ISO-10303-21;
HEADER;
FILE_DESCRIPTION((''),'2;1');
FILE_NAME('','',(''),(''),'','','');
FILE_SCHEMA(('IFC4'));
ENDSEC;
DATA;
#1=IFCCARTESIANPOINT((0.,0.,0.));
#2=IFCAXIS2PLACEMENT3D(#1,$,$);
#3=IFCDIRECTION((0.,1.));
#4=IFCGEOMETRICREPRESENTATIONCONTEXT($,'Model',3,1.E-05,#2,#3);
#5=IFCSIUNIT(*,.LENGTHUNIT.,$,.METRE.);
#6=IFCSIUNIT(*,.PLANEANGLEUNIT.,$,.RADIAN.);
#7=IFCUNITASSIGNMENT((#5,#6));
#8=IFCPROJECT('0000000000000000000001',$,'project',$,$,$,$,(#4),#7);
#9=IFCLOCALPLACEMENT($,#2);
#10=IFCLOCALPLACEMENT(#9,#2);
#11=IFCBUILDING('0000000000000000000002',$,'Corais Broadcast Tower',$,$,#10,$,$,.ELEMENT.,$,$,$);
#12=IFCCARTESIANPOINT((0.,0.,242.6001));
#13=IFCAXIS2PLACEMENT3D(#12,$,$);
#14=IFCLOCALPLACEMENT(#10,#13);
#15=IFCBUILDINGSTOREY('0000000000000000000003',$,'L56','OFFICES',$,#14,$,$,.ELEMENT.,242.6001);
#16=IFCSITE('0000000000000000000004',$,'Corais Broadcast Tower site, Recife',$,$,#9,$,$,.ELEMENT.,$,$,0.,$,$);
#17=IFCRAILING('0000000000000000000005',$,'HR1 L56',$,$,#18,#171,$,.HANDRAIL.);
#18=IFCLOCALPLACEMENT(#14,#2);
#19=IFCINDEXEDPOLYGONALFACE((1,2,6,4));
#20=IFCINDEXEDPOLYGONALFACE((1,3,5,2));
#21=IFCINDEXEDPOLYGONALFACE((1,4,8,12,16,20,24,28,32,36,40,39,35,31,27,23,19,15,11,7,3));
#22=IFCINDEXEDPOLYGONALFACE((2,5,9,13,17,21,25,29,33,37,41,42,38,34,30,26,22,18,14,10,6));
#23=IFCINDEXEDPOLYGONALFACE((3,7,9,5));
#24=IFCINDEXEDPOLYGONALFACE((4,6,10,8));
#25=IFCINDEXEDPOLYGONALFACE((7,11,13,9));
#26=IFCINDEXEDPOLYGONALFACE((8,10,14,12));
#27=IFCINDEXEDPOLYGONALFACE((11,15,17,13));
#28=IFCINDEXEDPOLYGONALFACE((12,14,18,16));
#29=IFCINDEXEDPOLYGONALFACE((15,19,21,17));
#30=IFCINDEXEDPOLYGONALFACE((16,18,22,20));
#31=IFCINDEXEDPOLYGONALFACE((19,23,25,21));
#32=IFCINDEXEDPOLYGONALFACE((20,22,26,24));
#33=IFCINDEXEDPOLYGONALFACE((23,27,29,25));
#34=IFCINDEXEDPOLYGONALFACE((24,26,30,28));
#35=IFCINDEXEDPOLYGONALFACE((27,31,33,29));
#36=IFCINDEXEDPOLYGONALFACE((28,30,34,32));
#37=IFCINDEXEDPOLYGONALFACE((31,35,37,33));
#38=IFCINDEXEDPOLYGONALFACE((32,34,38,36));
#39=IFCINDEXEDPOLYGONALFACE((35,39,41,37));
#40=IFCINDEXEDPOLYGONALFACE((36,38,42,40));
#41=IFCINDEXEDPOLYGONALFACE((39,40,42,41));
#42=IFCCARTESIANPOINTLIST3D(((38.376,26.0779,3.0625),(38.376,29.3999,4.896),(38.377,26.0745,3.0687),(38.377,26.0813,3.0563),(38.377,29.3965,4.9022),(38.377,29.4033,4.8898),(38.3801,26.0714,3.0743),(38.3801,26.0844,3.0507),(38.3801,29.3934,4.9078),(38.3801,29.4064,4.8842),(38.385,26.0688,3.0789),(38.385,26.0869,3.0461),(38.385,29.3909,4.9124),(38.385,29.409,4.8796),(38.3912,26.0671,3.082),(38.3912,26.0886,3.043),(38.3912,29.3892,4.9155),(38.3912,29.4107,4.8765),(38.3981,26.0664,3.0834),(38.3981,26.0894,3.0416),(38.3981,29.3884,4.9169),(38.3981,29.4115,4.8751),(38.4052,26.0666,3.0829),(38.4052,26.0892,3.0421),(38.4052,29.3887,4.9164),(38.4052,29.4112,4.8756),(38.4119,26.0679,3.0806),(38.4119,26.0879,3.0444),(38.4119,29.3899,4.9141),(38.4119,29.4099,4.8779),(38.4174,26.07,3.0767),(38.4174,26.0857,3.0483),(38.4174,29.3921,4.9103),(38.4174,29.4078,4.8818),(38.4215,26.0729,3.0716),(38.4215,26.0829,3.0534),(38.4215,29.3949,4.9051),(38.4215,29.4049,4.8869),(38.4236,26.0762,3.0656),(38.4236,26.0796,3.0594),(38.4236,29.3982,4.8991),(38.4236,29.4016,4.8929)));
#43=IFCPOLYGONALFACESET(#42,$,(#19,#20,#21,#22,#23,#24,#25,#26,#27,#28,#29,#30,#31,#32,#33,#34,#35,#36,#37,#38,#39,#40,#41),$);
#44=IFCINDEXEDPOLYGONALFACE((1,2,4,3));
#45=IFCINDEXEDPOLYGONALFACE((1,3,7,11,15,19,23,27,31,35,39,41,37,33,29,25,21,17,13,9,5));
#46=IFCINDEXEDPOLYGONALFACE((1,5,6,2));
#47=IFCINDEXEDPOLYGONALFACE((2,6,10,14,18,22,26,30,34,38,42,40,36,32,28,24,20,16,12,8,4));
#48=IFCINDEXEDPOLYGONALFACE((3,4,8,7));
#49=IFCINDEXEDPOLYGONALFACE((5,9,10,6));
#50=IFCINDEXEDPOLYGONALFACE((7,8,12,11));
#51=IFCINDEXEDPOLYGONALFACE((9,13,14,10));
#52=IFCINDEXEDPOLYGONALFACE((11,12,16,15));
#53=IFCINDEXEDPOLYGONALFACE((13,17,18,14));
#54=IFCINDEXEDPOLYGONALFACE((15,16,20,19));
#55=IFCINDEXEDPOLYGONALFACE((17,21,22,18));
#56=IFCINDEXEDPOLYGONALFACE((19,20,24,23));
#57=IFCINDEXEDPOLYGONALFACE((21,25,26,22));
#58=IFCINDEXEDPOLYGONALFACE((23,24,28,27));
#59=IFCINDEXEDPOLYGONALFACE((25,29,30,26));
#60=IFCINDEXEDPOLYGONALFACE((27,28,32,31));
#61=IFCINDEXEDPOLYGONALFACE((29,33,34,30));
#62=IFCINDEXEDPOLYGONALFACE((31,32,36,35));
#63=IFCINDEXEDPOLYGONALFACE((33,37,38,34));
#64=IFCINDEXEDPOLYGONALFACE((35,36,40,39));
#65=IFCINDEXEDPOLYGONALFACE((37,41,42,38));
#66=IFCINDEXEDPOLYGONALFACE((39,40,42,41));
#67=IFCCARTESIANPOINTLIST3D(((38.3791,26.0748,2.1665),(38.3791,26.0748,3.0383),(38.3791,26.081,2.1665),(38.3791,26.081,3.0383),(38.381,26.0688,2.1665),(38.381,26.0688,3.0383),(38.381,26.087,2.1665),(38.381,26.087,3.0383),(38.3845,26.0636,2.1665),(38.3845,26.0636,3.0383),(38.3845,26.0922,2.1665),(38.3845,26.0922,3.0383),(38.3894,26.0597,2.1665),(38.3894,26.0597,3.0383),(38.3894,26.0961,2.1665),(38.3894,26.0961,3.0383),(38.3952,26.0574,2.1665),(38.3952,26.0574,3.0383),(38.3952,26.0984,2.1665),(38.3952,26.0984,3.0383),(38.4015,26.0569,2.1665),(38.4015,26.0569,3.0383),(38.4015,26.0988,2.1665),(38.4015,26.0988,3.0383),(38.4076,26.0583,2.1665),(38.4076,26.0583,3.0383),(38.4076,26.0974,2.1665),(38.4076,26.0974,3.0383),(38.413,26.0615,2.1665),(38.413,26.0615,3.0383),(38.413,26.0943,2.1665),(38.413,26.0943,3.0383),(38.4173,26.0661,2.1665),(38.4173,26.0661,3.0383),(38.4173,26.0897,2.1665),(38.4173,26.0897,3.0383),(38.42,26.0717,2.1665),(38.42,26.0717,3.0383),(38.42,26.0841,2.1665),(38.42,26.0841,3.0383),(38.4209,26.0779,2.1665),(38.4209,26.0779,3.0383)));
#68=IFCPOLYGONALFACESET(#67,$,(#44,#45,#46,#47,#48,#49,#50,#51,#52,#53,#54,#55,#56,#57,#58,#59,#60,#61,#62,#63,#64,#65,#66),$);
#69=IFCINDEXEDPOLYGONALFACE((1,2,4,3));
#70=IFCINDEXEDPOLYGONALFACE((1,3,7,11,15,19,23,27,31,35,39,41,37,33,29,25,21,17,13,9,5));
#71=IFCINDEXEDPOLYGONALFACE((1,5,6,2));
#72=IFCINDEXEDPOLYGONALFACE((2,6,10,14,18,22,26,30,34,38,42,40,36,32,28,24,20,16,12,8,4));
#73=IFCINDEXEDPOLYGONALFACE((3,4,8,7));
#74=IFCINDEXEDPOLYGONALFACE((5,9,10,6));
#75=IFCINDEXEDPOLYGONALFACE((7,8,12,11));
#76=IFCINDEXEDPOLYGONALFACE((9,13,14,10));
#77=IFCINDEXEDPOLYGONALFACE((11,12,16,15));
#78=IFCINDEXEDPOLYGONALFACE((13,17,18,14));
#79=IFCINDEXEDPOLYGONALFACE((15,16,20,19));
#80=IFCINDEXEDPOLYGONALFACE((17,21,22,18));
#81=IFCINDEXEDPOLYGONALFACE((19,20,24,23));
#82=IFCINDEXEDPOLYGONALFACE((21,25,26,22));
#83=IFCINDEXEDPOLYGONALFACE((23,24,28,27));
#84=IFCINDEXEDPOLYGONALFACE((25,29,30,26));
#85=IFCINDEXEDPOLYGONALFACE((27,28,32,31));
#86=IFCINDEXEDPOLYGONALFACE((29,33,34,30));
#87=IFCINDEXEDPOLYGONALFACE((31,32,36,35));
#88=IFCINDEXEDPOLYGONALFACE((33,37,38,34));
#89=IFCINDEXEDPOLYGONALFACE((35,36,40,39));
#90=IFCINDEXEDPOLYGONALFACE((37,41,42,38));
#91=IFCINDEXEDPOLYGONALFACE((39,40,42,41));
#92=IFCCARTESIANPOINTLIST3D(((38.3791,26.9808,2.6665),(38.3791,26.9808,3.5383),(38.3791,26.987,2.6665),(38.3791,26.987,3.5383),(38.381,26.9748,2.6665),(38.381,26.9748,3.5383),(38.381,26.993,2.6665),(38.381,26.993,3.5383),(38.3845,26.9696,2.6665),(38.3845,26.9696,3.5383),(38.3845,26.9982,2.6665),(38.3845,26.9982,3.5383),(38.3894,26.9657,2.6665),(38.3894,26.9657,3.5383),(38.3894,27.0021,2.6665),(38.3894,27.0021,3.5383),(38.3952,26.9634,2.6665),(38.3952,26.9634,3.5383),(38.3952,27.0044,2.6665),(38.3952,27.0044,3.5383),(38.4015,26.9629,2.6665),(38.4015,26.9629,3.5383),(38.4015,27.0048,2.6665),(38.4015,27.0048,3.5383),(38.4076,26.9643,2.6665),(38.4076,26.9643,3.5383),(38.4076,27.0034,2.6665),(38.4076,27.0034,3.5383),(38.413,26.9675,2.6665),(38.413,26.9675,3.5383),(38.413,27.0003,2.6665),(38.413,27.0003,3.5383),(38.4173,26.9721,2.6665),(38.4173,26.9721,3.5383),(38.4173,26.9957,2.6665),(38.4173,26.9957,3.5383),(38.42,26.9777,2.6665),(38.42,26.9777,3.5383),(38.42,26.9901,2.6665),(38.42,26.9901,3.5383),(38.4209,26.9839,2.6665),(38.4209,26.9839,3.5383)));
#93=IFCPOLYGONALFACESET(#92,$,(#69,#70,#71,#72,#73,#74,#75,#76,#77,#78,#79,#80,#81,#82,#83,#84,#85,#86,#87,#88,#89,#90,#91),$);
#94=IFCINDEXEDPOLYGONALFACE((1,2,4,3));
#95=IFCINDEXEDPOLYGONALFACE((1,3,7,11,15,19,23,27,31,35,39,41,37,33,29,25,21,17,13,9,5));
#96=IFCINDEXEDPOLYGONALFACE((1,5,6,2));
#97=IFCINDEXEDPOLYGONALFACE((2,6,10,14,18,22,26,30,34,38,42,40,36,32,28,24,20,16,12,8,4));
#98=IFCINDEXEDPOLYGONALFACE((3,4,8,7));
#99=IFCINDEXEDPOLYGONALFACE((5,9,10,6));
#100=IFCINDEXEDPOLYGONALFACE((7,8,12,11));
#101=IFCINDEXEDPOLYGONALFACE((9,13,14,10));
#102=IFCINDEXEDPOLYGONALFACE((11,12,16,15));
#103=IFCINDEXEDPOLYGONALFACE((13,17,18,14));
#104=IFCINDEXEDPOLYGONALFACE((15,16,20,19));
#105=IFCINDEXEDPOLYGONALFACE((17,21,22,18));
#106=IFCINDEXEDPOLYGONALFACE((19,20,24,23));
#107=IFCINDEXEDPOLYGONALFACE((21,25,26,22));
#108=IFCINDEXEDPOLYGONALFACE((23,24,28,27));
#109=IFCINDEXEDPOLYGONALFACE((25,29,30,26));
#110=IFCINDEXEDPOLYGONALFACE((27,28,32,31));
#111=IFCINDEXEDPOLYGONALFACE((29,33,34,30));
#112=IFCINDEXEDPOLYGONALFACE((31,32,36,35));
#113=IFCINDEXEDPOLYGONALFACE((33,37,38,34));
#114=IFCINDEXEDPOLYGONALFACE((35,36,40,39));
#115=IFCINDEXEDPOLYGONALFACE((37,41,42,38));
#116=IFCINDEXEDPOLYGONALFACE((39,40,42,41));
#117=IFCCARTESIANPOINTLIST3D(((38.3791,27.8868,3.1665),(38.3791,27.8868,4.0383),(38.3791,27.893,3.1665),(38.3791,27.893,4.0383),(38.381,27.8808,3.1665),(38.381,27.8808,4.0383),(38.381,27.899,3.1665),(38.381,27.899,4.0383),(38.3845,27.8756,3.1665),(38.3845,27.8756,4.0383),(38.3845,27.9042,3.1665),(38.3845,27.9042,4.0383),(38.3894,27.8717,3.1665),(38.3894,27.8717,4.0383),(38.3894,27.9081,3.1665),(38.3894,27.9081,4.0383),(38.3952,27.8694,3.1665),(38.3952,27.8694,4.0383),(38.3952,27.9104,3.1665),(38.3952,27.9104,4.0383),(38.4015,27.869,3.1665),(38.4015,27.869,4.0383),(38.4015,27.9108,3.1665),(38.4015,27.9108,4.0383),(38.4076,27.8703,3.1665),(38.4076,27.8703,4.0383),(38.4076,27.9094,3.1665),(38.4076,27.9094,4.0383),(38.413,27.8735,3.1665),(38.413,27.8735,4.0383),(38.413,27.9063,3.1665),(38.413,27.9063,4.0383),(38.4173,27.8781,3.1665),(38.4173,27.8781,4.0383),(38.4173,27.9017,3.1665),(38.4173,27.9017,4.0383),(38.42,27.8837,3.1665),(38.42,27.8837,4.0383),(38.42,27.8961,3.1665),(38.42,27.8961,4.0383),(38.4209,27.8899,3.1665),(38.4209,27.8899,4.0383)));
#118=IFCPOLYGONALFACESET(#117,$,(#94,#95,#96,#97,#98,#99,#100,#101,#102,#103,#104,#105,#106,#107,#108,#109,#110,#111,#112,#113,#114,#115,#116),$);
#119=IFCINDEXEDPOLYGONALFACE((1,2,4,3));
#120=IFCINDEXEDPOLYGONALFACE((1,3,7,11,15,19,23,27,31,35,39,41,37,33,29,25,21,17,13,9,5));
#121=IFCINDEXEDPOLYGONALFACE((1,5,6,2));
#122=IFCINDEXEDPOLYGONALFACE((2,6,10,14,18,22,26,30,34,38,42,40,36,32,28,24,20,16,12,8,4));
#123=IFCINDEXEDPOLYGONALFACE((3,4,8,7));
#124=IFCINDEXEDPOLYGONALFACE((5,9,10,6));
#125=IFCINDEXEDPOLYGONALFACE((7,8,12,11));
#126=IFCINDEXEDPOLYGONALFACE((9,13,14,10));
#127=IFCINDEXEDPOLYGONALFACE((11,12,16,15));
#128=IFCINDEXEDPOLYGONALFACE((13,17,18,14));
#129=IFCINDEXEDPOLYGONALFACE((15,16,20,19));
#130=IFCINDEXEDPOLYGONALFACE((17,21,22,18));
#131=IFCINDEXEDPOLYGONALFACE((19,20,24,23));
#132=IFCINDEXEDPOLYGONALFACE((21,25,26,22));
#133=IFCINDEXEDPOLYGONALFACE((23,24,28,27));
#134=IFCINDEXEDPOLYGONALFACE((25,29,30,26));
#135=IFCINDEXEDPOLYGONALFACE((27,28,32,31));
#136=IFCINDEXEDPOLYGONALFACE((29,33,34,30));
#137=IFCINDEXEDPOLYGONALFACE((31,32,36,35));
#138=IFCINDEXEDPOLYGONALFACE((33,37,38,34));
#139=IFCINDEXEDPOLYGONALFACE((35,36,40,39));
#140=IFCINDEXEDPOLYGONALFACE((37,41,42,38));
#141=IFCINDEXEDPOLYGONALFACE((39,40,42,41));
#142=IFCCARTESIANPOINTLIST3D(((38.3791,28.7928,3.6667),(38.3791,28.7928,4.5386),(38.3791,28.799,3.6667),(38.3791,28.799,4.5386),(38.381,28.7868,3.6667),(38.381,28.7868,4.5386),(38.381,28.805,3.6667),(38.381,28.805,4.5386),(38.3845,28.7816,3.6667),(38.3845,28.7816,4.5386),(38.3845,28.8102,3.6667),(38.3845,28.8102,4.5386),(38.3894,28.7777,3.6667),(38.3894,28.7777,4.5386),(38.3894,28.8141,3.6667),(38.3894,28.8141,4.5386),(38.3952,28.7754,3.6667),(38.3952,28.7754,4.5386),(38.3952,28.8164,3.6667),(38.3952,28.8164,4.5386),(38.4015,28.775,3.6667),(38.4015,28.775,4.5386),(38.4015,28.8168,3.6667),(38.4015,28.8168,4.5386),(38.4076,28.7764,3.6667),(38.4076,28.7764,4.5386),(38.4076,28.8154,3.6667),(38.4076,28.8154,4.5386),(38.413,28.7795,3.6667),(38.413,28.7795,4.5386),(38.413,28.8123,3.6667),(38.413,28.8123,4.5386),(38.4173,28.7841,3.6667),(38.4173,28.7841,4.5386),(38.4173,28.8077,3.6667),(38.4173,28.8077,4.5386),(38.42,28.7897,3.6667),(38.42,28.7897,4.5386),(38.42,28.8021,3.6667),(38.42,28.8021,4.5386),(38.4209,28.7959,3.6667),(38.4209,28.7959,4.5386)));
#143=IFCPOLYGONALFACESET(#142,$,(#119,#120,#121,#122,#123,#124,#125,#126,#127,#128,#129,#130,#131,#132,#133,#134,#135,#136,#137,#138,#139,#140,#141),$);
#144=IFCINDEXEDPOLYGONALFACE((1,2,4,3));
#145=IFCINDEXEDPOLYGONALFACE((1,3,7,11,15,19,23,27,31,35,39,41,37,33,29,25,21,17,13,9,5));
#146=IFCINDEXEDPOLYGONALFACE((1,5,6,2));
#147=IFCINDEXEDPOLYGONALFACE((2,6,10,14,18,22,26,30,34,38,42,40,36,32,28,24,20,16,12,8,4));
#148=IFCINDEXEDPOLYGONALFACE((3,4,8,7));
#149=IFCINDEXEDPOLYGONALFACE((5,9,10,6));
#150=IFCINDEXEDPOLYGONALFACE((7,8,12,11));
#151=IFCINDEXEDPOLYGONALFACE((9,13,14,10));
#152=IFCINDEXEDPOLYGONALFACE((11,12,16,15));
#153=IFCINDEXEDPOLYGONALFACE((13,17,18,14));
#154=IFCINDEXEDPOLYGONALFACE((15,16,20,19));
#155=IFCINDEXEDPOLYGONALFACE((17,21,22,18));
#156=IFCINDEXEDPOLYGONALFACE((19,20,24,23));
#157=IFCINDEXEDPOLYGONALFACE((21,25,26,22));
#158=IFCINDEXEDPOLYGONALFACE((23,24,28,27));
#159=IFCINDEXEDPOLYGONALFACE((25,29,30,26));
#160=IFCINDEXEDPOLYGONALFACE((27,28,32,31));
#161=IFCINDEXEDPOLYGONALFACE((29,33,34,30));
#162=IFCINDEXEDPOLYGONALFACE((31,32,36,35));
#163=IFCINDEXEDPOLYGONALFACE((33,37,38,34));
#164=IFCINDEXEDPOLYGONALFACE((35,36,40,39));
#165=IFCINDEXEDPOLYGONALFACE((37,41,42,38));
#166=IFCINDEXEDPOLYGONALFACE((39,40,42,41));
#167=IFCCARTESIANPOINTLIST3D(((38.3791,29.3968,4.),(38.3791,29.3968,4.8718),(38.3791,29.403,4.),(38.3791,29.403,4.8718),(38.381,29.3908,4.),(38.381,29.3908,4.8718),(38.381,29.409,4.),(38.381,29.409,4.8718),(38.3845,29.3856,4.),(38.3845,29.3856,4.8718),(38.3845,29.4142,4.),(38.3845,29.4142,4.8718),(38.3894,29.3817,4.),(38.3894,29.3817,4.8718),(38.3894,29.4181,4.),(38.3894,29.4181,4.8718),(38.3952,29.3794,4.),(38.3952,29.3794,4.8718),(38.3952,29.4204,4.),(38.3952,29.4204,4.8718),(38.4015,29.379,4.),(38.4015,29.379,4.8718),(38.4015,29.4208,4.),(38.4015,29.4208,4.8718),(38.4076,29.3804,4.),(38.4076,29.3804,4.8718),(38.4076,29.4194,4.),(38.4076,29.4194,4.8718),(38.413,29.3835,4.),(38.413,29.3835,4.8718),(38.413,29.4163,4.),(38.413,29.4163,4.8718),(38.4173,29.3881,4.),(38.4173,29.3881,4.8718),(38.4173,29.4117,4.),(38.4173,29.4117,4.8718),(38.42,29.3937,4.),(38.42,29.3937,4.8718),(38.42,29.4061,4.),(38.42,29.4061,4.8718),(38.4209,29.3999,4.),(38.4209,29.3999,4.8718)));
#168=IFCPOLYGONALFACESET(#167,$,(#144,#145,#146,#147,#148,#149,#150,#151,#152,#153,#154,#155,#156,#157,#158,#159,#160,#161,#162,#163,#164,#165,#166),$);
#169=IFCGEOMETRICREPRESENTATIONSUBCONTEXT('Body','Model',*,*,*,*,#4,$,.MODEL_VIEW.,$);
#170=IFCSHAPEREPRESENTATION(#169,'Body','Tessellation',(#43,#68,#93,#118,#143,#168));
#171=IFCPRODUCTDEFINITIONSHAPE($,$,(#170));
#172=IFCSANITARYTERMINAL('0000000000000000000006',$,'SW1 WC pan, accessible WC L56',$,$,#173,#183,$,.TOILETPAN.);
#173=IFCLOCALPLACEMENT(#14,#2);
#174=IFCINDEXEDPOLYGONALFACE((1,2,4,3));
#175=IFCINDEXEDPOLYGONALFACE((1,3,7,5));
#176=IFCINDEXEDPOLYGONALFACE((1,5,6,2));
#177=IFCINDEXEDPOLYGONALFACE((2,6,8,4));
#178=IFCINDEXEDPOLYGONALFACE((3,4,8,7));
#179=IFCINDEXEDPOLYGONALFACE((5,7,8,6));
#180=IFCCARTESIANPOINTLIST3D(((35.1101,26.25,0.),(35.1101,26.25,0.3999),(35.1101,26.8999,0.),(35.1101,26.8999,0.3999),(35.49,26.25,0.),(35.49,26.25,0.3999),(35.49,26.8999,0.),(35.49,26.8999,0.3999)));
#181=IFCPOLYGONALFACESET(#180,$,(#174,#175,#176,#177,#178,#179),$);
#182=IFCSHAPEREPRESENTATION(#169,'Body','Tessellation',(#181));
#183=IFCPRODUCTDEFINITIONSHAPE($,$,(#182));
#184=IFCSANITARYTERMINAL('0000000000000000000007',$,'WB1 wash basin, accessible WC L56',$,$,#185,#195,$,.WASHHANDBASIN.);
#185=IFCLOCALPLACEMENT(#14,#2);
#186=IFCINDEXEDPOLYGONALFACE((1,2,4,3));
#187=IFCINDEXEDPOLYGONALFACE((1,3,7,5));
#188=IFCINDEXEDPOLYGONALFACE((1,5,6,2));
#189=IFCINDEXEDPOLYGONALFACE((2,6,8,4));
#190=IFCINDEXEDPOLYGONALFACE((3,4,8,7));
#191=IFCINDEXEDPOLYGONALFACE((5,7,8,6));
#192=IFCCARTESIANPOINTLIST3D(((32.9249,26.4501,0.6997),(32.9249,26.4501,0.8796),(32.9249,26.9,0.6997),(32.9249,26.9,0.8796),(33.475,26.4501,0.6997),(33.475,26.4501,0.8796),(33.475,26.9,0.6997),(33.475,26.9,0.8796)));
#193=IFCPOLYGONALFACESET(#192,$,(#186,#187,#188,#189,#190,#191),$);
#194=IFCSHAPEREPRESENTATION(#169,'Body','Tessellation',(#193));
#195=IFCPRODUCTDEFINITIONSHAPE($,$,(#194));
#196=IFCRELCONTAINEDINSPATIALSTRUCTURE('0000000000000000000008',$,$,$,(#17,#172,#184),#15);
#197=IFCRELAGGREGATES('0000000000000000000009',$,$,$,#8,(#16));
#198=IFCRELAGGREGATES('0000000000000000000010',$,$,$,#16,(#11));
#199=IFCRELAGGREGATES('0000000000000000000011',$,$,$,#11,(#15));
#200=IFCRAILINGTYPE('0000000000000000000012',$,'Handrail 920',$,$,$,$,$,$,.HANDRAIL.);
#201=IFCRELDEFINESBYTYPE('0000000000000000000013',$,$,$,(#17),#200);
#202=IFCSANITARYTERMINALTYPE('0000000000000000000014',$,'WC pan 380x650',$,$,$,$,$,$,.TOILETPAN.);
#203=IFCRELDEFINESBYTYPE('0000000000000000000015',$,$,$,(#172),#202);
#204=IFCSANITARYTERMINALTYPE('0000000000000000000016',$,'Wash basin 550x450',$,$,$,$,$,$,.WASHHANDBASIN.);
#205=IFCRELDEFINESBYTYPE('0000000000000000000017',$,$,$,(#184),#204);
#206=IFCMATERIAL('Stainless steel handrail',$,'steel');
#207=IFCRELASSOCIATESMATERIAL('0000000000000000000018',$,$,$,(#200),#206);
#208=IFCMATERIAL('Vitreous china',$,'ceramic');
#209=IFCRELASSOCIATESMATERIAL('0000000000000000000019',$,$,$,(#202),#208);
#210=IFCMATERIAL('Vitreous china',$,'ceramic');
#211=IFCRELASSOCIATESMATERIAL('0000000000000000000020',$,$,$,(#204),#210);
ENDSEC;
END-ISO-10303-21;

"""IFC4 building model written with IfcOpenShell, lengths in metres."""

from ifc_helpers import new_model, si_unit, direction, frame, origin, origin_2d, place, context, subcontext, project, spatial, rectangle, circle, extrude, material, type_object, element, save


model = new_model("IFC4")

# Units and contexts
model_context = context("Model", 3, precision=1e-05, world=origin(), true_north=direction((0.0, 1.0)))
body_context = subcontext(model_context, "Body", "Model", "MODEL_VIEW")
ifc_project = project(units=[si_unit("LENGTHUNIT", "METRE"), si_unit("PLANEANGLEUNIT", "RADIAN")], contexts=[model_context])

# Site, building, storey
site_placement = place(None, origin())
site = spatial("IfcSite", under=ifc_project, at=site_placement, Name="Corais Broadcast Tower site, Recife", CompositionType="ELEMENT", RefElevation=0.0)
building_placement = place(site_placement, origin())
building = spatial("IfcBuilding", under=site, at=building_placement, Name="Corais Broadcast Tower", CompositionType="ELEMENT")
storey_placement = place(building_placement, frame((0.0, 0.0, 242.6001)))
storey = spatial("IfcBuildingStorey", under=building, at=storey_placement, Name="L56", Description="OFFICES", CompositionType="ELEMENT", Elevation=242.6001)

# Railing
ifc_material_1 = material(Name="Stainless steel handrail", Category="steel")
railing_type = type_object("IfcRailingType", Name="Handrail 920", PredefinedType="HANDRAIL", material=ifc_material_1)
for number, where, name in (
    (1, (38.3999, 26.0779, 2.1665), "HR1 L56"),
):
    element("IfcRailing", number, at=place(storey_placement, frame(where)), inside=storey, type_object=railing_type, Name=name, PredefinedType="HANDRAIL", context=body_context, shape_type="SweptSolid", body=[
        extrude(circle(Radius=0.0239, at=origin_2d()), frame((0.0, 0.0, 0.896), z_axis=(0.0, 0.875504, 0.48321), x_axis=(-1.0, 0.0, 0.0)), (0.0, 0.0, 1.0), 3.7944),
        extrude(circle(Radius=0.021, at=origin_2d()), origin(), (0.0, 0.0, 1.0), 0.8718),
        extrude(circle(Radius=0.021, at=origin_2d()), frame((0.0, 0.906, 0.5)), (0.0, 0.0, 1.0), 0.8718),
        extrude(circle(Radius=0.021, at=origin_2d()), frame((0.0, 1.812, 1.0)), (0.0, 0.0, 1.0), 0.8718),
        extrude(circle(Radius=0.021, at=origin_2d()), frame((0.0, 2.718, 1.5002)), (0.0, 0.0, 1.0), 0.8718),
        extrude(circle(Radius=0.021, at=origin_2d()), frame((0.0, 3.322, 1.8335)), (0.0, 0.0, 1.0), 0.8718),
    ])

# Sanitary terminals
ifc_material_2 = material(Name="Vitreous china", Category="ceramic")
sanitary_terminal_type_1 = type_object("IfcSanitaryTerminalType", Name="WC pan 380x650", PredefinedType="TOILETPAN", material=ifc_material_2)
sanitary_terminal_1_placement = place(storey_placement, frame((35.3, 26.575, 0.0), z_axis=(0.0, 0.0, 1.0), x_axis=(1.0, 0.0, 0.0)))
element("IfcSanitaryTerminal", 2, at=sanitary_terminal_1_placement, inside=storey, type_object=sanitary_terminal_type_1, Name="SW1 WC pan, accessible WC L56", PredefinedType="TOILETPAN", context=body_context, shape_type="SweptSolid", body=[
    extrude(rectangle(XDim=0.3799, YDim=0.6499, at=origin_2d()), origin(), (0.0, 0.0, 1.0), 0.3999),
])
ifc_material_3 = material(Name="Vitreous china", Category="ceramic")
sanitary_terminal_type_2 = type_object("IfcSanitaryTerminalType", Name="Wash basin 550x450", PredefinedType="WASHHANDBASIN", material=ifc_material_3)
sanitary_terminal_2_placement = place(storey_placement, frame((33.2, 26.675, 0.6997), z_axis=(0.0, 0.0, 1.0), x_axis=(1.0, 0.0, 0.0)))
element("IfcSanitaryTerminal", 3, at=sanitary_terminal_2_placement, inside=storey, type_object=sanitary_terminal_type_2, Name="WB1 wash basin, accessible WC L56", PredefinedType="WASHHANDBASIN", context=body_context, shape_type="SweptSolid", body=[
    extrude(rectangle(XDim=0.55, YDim=0.45, at=origin_2d()), origin(), (0.0, 0.0, 1.0), 0.1799),
])

save(model, "model.ifc")
